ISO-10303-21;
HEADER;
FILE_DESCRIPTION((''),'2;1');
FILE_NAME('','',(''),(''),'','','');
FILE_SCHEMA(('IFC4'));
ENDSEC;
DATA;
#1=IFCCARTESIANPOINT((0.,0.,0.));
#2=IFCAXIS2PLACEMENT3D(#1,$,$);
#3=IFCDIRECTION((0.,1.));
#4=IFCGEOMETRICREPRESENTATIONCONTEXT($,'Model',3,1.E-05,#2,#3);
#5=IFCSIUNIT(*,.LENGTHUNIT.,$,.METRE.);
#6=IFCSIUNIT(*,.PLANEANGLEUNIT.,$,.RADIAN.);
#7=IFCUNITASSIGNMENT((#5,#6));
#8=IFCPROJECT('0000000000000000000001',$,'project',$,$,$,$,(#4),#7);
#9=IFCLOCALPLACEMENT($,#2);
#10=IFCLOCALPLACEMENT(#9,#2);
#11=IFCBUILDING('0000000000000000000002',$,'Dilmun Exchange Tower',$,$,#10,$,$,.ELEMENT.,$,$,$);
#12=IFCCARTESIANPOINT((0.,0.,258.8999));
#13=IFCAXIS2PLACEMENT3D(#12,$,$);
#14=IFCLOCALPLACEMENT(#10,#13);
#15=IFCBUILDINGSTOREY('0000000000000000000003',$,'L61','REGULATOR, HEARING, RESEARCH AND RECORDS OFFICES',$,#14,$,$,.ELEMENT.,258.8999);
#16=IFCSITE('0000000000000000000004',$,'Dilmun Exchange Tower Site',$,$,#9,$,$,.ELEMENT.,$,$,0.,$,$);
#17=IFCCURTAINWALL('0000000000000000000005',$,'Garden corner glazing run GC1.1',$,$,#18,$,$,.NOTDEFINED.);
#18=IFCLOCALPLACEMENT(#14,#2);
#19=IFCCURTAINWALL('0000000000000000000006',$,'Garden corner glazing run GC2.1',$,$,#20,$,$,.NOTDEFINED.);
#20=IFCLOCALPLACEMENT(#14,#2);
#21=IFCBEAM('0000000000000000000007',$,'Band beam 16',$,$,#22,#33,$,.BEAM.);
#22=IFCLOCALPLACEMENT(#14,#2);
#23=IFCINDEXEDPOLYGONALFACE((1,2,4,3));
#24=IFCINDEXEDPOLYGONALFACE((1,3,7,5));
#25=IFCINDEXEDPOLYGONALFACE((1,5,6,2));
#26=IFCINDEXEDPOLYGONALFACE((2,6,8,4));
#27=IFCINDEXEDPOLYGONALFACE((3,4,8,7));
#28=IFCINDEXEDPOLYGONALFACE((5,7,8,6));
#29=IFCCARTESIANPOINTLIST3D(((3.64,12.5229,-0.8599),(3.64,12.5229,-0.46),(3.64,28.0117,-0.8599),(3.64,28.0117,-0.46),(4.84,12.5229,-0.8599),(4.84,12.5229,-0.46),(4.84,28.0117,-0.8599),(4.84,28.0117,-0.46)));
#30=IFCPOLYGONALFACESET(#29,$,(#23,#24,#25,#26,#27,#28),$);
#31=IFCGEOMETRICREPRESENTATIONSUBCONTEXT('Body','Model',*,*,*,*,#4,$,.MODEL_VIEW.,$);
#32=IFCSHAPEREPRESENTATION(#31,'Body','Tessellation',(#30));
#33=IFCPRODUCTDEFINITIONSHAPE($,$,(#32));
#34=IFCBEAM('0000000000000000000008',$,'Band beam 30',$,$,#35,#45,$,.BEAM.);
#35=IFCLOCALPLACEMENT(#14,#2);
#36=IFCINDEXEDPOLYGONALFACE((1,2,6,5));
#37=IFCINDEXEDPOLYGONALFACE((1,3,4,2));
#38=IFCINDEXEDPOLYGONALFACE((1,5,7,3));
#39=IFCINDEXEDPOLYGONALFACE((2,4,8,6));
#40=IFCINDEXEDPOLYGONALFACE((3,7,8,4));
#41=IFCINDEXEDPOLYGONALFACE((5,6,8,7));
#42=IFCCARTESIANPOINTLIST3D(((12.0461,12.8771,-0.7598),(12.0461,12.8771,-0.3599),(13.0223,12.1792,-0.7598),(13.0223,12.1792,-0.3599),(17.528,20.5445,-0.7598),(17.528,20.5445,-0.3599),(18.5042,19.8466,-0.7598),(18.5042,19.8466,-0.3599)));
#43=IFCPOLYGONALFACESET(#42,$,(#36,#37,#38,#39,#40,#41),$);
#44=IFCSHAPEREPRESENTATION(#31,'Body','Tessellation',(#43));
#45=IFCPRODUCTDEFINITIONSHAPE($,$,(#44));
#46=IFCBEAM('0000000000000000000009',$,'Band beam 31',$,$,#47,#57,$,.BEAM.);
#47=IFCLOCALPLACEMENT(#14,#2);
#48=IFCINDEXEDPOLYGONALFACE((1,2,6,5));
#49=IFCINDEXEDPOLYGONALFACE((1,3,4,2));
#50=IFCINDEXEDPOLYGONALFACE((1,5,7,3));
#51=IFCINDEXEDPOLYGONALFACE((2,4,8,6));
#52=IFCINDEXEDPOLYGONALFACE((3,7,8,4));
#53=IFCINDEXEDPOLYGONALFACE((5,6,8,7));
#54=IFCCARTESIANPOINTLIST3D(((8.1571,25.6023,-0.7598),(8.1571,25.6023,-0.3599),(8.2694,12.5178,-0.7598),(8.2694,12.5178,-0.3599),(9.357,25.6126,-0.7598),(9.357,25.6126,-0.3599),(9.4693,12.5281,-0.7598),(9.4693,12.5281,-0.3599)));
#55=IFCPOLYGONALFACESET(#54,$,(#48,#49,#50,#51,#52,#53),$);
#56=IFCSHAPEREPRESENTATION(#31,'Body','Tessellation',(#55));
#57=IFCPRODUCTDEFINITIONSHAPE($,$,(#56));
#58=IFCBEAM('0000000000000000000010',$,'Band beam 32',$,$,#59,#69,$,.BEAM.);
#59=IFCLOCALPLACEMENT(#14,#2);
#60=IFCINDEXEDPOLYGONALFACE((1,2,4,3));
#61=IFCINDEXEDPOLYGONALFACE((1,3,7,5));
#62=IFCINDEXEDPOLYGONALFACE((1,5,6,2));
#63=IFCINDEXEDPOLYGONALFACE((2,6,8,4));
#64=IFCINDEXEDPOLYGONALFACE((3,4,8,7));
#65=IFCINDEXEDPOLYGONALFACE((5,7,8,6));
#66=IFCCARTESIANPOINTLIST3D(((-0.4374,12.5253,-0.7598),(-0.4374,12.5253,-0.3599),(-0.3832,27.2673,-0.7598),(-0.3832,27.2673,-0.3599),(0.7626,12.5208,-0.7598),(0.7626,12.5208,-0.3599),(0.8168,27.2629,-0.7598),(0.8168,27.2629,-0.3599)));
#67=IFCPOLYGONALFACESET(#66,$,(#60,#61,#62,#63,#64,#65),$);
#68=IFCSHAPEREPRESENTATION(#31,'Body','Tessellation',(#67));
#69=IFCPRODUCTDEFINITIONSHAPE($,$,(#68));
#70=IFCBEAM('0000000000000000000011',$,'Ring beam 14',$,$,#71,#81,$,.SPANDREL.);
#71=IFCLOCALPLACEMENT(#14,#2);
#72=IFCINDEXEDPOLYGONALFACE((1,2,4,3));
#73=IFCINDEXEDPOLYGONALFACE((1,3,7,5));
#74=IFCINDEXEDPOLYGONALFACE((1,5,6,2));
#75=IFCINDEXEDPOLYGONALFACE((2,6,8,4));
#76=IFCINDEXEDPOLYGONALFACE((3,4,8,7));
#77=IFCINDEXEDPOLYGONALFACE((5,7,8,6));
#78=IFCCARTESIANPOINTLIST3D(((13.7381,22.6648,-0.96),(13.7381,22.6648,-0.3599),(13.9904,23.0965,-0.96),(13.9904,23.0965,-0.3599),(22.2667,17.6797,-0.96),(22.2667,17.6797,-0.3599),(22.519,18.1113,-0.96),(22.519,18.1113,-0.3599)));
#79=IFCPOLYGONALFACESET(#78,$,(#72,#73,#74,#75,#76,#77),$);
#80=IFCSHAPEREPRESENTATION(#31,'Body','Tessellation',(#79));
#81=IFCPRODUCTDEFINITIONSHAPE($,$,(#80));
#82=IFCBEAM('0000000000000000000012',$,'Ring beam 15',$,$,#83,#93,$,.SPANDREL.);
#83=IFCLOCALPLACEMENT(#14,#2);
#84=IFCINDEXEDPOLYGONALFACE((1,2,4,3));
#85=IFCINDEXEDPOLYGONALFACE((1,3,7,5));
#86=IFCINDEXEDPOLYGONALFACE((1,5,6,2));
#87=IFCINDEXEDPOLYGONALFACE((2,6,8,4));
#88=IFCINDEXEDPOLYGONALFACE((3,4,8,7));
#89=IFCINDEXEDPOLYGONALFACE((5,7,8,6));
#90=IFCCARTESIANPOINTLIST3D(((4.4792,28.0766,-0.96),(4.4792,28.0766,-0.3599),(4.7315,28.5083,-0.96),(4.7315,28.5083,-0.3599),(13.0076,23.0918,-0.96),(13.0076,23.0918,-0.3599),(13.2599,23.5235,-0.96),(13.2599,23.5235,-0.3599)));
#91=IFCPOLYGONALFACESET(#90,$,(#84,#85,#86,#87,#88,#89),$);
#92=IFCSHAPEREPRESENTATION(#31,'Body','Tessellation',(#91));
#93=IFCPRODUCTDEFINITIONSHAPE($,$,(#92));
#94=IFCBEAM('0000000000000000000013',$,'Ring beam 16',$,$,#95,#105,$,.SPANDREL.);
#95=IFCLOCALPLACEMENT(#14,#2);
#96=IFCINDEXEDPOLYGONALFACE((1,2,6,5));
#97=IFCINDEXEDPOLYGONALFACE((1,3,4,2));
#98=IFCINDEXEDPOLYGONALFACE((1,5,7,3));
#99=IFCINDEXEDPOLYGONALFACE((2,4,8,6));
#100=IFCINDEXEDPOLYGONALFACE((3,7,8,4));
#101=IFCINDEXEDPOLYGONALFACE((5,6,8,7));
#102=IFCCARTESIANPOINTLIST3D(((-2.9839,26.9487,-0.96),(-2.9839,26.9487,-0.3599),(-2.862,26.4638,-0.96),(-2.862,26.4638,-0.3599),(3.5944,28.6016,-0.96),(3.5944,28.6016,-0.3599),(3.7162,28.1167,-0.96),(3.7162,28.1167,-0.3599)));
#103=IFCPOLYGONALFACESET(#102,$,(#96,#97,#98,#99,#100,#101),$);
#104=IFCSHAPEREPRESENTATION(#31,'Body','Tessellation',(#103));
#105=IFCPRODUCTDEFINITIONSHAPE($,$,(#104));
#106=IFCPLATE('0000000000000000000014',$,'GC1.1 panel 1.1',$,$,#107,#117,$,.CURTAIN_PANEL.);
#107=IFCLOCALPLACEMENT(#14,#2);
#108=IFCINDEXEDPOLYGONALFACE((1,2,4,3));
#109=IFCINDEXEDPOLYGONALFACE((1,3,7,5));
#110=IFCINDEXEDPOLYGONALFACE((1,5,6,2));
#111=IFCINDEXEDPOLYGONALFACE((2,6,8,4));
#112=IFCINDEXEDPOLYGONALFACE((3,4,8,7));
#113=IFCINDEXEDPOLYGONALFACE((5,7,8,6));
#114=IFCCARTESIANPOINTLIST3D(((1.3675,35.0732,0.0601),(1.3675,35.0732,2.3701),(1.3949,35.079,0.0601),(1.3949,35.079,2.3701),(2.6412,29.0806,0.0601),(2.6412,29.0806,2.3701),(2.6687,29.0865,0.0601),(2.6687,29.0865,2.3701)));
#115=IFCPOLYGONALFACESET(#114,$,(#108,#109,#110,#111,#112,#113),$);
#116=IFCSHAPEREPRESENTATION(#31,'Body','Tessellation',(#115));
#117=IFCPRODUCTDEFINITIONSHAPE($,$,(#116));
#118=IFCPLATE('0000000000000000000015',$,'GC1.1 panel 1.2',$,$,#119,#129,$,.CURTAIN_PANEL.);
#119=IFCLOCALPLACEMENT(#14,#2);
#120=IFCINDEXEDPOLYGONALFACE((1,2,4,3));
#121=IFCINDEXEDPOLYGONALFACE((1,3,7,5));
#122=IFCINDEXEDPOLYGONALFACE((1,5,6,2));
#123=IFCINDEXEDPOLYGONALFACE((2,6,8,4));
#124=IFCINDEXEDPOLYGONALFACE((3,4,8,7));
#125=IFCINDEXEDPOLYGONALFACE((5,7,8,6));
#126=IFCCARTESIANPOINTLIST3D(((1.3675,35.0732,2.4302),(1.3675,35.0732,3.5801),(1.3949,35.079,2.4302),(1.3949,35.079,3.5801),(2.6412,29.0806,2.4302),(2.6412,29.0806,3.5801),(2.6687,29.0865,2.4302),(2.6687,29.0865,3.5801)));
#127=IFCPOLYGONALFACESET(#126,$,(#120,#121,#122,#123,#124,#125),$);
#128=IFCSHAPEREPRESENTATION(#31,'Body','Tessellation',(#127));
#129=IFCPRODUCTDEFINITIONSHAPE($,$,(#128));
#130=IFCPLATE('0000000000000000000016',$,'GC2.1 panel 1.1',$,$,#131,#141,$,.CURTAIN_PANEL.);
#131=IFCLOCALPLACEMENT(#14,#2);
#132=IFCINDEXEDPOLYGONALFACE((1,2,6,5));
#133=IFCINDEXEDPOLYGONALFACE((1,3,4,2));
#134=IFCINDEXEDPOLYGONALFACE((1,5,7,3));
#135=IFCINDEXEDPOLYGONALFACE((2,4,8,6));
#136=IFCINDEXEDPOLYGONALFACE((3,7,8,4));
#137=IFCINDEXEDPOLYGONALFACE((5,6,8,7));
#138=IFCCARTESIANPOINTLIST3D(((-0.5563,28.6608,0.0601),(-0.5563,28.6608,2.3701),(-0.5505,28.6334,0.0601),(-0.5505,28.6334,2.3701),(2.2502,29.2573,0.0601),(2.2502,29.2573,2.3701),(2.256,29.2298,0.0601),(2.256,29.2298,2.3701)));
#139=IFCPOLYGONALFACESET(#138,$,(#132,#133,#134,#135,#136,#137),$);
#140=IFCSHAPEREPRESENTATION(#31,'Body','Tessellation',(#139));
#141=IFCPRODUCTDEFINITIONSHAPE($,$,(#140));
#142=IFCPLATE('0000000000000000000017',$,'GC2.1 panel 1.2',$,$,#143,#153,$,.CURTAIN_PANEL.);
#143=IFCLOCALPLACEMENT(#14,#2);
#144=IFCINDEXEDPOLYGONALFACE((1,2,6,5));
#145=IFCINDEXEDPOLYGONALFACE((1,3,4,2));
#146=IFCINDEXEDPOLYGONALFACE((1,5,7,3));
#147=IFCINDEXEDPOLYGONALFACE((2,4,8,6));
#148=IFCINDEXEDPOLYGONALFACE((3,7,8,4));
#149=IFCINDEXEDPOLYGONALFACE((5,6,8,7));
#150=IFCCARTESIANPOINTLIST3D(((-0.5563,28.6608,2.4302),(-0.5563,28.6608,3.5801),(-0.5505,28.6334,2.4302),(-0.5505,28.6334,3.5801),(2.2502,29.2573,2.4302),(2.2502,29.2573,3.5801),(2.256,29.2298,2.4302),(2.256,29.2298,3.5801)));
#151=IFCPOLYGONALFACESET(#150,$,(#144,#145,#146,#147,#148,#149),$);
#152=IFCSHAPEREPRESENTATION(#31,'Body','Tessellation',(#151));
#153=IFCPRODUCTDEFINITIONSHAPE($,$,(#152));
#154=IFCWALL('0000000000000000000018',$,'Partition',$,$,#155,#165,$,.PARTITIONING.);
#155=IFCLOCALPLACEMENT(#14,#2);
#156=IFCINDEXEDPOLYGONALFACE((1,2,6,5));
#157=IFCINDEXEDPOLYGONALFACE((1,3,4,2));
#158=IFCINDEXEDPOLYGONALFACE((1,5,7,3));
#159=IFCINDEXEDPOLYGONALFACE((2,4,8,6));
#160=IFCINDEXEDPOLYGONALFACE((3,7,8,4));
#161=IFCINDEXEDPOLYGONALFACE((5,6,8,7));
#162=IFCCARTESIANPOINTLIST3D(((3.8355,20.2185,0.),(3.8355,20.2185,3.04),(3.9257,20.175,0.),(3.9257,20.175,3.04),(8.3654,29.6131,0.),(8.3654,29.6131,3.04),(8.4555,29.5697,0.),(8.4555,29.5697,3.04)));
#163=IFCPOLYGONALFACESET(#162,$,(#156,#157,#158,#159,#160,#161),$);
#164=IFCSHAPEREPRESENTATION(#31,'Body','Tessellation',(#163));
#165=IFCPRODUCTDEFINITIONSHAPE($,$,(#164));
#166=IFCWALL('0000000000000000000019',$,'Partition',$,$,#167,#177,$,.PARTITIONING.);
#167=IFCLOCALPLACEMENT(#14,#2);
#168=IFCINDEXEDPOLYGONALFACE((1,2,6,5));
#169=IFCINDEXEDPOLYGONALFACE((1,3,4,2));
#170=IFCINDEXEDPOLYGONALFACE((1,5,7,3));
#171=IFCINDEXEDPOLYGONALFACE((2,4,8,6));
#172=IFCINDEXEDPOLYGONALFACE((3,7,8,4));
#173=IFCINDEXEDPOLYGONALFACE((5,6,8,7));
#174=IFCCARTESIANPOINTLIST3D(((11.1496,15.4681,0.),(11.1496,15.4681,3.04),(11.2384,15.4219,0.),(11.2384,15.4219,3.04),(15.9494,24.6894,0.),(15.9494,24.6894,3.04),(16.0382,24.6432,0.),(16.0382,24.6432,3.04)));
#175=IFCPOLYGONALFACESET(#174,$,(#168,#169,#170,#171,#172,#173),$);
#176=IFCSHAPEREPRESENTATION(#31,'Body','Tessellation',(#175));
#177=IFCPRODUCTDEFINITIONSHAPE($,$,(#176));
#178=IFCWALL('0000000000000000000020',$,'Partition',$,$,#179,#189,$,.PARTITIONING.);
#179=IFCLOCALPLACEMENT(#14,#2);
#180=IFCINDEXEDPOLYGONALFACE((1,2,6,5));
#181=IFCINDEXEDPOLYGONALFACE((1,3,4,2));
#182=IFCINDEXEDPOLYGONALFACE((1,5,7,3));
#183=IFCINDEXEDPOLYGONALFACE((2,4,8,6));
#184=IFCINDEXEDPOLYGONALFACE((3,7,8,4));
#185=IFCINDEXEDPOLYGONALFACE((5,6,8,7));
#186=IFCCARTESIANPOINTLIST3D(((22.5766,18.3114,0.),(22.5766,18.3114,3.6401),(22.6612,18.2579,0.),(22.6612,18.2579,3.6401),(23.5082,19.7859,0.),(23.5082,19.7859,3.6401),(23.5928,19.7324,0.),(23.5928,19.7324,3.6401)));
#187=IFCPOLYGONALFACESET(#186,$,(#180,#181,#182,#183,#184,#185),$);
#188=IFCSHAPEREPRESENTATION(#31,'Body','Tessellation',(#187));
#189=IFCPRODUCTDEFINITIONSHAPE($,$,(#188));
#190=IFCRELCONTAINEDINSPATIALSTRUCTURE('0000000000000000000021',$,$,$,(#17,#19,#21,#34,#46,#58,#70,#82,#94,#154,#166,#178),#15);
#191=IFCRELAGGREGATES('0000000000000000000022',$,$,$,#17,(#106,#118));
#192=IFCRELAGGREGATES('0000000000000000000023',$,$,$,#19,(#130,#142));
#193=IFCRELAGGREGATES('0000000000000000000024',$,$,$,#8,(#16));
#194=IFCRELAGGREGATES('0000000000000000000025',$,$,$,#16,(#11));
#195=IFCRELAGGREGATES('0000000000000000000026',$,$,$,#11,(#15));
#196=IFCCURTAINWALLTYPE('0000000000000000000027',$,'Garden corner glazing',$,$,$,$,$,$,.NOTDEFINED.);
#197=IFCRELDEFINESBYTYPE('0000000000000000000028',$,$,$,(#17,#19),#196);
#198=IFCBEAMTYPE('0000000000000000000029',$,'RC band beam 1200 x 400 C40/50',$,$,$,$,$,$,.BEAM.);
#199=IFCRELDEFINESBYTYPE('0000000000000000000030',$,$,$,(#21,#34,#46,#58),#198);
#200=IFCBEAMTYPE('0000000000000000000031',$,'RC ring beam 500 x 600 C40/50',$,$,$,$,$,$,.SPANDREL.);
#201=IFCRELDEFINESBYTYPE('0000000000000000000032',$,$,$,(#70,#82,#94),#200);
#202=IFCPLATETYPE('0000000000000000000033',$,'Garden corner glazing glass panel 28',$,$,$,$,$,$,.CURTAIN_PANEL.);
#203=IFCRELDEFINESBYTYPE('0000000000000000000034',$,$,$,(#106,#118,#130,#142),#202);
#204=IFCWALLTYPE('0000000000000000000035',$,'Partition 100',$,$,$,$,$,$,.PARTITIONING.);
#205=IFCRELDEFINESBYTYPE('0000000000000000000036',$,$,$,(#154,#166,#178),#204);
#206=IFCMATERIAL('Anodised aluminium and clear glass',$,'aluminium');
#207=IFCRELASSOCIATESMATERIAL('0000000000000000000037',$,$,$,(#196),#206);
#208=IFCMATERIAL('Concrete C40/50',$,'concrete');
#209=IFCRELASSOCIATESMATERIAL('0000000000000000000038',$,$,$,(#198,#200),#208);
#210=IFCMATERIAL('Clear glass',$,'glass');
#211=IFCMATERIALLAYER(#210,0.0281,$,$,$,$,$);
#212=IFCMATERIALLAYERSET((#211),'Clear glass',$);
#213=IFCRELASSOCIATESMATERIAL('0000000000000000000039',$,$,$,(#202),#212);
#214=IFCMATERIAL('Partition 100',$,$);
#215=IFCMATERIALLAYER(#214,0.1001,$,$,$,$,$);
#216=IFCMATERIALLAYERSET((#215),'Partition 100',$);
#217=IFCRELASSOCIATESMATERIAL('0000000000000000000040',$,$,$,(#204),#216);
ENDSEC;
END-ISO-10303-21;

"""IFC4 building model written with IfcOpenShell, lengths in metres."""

from ifc_helpers import new_model, si_unit, direction, frame, frame_2d, origin, origin_2d, place, context, subcontext, project, spatial, rectangle, extrude, material, layer, layer_set, material_profile, profile_set, type_object, element, aggregate, save


model = new_model("IFC4")

# Units and contexts
model_context = context("Model", 3, precision=1e-05, world=origin(), true_north=direction((0.0, 1.0)))
body_context = subcontext(model_context, "Body", "Model", "MODEL_VIEW")
ifc_project = project(units=[si_unit("LENGTHUNIT", "METRE"), si_unit("PLANEANGLEUNIT", "RADIAN")], contexts=[model_context])

# Site, building, storey
site_placement = place(None, origin())
site = spatial("IfcSite", under=ifc_project, at=site_placement, Name="Dilmun Exchange Tower Site", CompositionType="ELEMENT", RefElevation=0.0)
building_placement = place(site_placement, origin())
building = spatial("IfcBuilding", under=site, at=building_placement, Name="Dilmun Exchange Tower", CompositionType="ELEMENT")
storey_placement = place(building_placement, frame((0.0, 0.0, 258.8999)))
storey = spatial("IfcBuildingStorey", under=building, at=storey_placement, Name="L61", Description="REGULATOR, HEARING, RESEARCH AND RECORDS OFFICES", CompositionType="ELEMENT", Elevation=258.8999)

# Curtain wall
ifc_material_1 = material(Name="Anodised aluminium and clear glass", Category="aluminium")
curtain_wall_type = type_object("IfcCurtainWallType", Name="Garden corner glazing", PredefinedType="NOTDEFINED", material=ifc_material_1)
curtain_wall_1_placement = place(storey_placement, origin())
curtain_wall_1 = element("IfcCurtainWall", 1, at=curtain_wall_1_placement, inside=storey, type_object=curtain_wall_type, Name="Garden corner glazing run GC1.1", PredefinedType="NOTDEFINED")

# Curtain wall
curtain_wall_2_placement = place(storey_placement, origin())
curtain_wall_2 = element("IfcCurtainWall", 2, at=curtain_wall_2_placement, inside=storey, type_object=curtain_wall_type, Name="Garden corner glazing run GC2.1", PredefinedType="NOTDEFINED")

# Beams
ifc_material_2 = material(Name="Concrete C40/50", Category="concrete")
ifc_material_profile_1 = material_profile(ifc_material_2, rectangle(XDim=1.2, YDim=0.3999, at=origin_2d()), Name="1200 x 400")
ifc_profile_set_1 = profile_set([ifc_material_profile_1], Name="Concrete C40/50")
beam_type_1 = type_object("IfcBeamType", Name="RC band beam 1200 x 400 C40/50", PredefinedType="BEAM", material=ifc_profile_set_1)
beam_1_placement = place(storey_placement, frame((4.24, 28.0117, -0.6599), z_axis=(0.0, -1.0, 0.0), x_axis=(1.0, 0.0, 0.0)))
element("IfcBeam", 3, at=beam_1_placement, inside=storey, type_object=beam_type_1, Name="Band beam 16", PredefinedType="BEAM", context=body_context, shape_type="SweptSolid", body=[
    extrude(rectangle(XDim=1.2, YDim=0.3999, at=origin_2d()), origin(), (0.0, 0.0, 1.0), 15.4888),
])
beam_2_placement = place(storey_placement, frame((18.0161, 20.1956, -0.5598), z_axis=(-0.581601, -0.813474, 0.0), x_axis=(0.813474, -0.581601, 0.0)))
element("IfcBeam", 4, at=beam_2_placement, inside=storey, type_object=beam_type_1, Name="Band beam 30", PredefinedType="BEAM", context=body_context, shape_type="SweptSolid", body=[
    extrude(rectangle(XDim=1.2, YDim=0.3999, at=origin_2d()), origin(), (0.0, 0.0, 1.0), 9.4255),
])
beam_3_placement = place(storey_placement, frame((8.7571, 25.6074, -0.5598), z_axis=(0.008583, -0.999963, 0.0), x_axis=(0.999963, 0.008583, 0.0)))
element("IfcBeam", 5, at=beam_3_placement, inside=storey, type_object=beam_type_1, Name="Band beam 31", PredefinedType="BEAM", context=body_context, shape_type="SweptSolid", body=[
    extrude(rectangle(XDim=1.2, YDim=0.3999, at=origin_2d()), origin(), (0.0, 0.0, 1.0), 13.085),
])
beam_4_placement = place(storey_placement, frame((0.2168, 27.2651, -0.5598), z_axis=(-0.003676, -0.999993, 0.0), x_axis=(0.999993, -0.003676, 0.0)))
element("IfcBeam", 6, at=beam_4_placement, inside=storey, type_object=beam_type_1, Name="Band beam 32", PredefinedType="BEAM", context=body_context, shape_type="SweptSolid", body=[
    extrude(rectangle(XDim=1.2, YDim=0.3999, at=origin_2d()), origin(), (0.0, 0.0, 1.0), 14.7422),
])
ifc_material_profile_2 = material_profile(ifc_material_2, rectangle(XDim=0.5, YDim=0.6001, at=origin_2d()), Name="500 x 600")
ifc_profile_set_2 = profile_set([ifc_material_profile_2], Name="Concrete C40/50")
beam_type_2 = type_object("IfcBeamType", Name="RC ring beam 500 x 600 C40/50", PredefinedType="SPANDREL", material=ifc_profile_set_2)
beam_5_placement = place(storey_placement, frame((22.3928, 17.8955, -0.6599), z_axis=(-0.863333, 0.504635, 0.0), x_axis=(-0.504635, -0.863333, 0.0)))
element("IfcBeam", 7, at=beam_5_placement, inside=storey, type_object=beam_type_2, Name="Ring beam 14", PredefinedType="SPANDREL", context=body_context, shape_type="SweptSolid", body=[
    extrude(rectangle(XDim=0.5, YDim=0.6001, at=origin_2d()), origin(), (0.0, 0.0, 1.0), 9.8787),
])
beam_6_placement = place(storey_placement, frame((13.1338, 23.3076, -0.6599), z_axis=(-0.863344, 0.504616, 0.0), x_axis=(-0.504616, -0.863344, 0.0)))
element("IfcBeam", 8, at=beam_6_placement, inside=storey, type_object=beam_type_2, Name="Ring beam 15", PredefinedType="SPANDREL", context=body_context, shape_type="SweptSolid", body=[
    extrude(rectangle(XDim=0.5, YDim=0.6001, at=origin_2d()), origin(), (0.0, 0.0, 1.0), 9.8784),
])
beam_7_placement = place(storey_placement, frame((3.6553, 28.3591, -0.6599), z_axis=(-0.969854, -0.243687, 0.0), x_axis=(0.243687, -0.969854, 0.0)))
element("IfcBeam", 9, at=beam_7_placement, inside=storey, type_object=beam_type_2, Name="Ring beam 16", PredefinedType="SPANDREL", context=body_context, shape_type="SweptSolid", body=[
    extrude(rectangle(XDim=0.5, YDim=0.6001, at=origin_2d()), origin(), (0.0, 0.0, 1.0), 6.7827),
])

# Plates
ifc_material_3 = material(Name="Clear glass", Category="glass")
ifc_layer_1 = layer(ifc_material_3, 0.0281)
ifc_layer_set_1 = layer_set([ifc_layer_1], Name="Clear glass")
plate_type = type_object("IfcPlateType", Name="Garden corner glazing glass panel 28", PredefinedType="CURTAIN_PANEL", material=ifc_layer_set_1)
plate_1_placement = place(storey_placement, frame((2.0181, 32.0798, 0.0601), z_axis=(0.0, 0.0, 1.0), x_axis=(0.207912, -0.978148, 0.0)))
plate_1 = element("IfcPlate", 10, at=plate_1_placement, type_object=plate_type, Name="GC1.1 panel 1.1", PredefinedType="CURTAIN_PANEL", context=body_context, shape_type="SweptSolid", body=[
    extrude(rectangle(XDim=6.1265, YDim=0.0281, at=origin_2d()), origin(), (0.0, 0.0, 1.0), 2.3101),
])
plate_2_placement = place(storey_placement, frame((2.0181, 32.0798, 2.4302), z_axis=(0.0, 0.0, 1.0), x_axis=(0.207912, -0.978148, 0.0)))
plate_2 = element("IfcPlate", 11, at=plate_2_placement, type_object=plate_type, Name="GC1.1 panel 1.2", PredefinedType="CURTAIN_PANEL", context=body_context, shape_type="SweptSolid", body=[
    extrude(rectangle(XDim=6.1265, YDim=0.0281, at=origin_2d()), origin(), (0.0, 0.0, 1.0), 1.1499),
])
aggregate(curtain_wall_1, [plate_1, plate_2])
plate_3_placement = place(storey_placement, frame((0.8499, 28.9453, 0.0601), z_axis=(0.0, 0.0, 1.0), x_axis=(-0.978153, -0.207888, 0.0)))
plate_3 = element("IfcPlate", 12, at=plate_3_placement, type_object=plate_type, Name="GC2.1 panel 1.1", PredefinedType="CURTAIN_PANEL", context=body_context, shape_type="SweptSolid", body=[
    extrude(rectangle(XDim=2.8691, YDim=0.0281, at=origin_2d()), origin(), (0.0, 0.0, 1.0), 2.3101),
])
plate_4_placement = place(storey_placement, frame((0.8499, 28.9453, 2.4302), z_axis=(0.0, 0.0, 1.0), x_axis=(-0.978153, -0.207888, 0.0)))
plate_4 = element("IfcPlate", 13, at=plate_4_placement, type_object=plate_type, Name="GC2.1 panel 1.2", PredefinedType="CURTAIN_PANEL", context=body_context, shape_type="SweptSolid", body=[
    extrude(rectangle(XDim=2.8691, YDim=0.0281, at=origin_2d()), origin(), (0.0, 0.0, 1.0), 1.1499),
])
aggregate(curtain_wall_2, [plate_3, plate_4])

# Walls
ifc_material_4 = material(Name="Partition 100")
ifc_layer_2 = layer(ifc_material_4, 0.1001)
ifc_layer_set_2 = layer_set([ifc_layer_2], Name="Partition 100")
wall_type = type_object("IfcWallType", Name="Partition 100", PredefinedType="PARTITIONING", material=ifc_layer_set_2)
wall_1_placement = place(storey_placement, frame((3.8806, 20.1968, 0.0), z_axis=(0.0, 0.0, 1.0), x_axis=(0.434321, 0.900758, 0.0)))
element("IfcWall", 14, at=wall_1_placement, inside=storey, type_object=wall_type, Name="Partition", PredefinedType="PARTITIONING", context=body_context, shape_type="SweptSolid", body=[
    extrude(rectangle(XDim=10.4297, YDim=0.1001, at=frame_2d((5.2148, 0.0))), origin(), (0.0, 0.0, 1.0), 3.04),
])
wall_2_placement = place(storey_placement, frame((11.1941, 15.4451, 0.0), z_axis=(0.0, 0.0, 1.0), x_axis=(0.461705, 0.887033, 0.0)))
element("IfcWall", 15, at=wall_2_placement, inside=storey, type_object=wall_type, Name="Partition", PredefinedType="PARTITIONING", context=body_context, shape_type="SweptSolid", body=[
    extrude(rectangle(XDim=10.3958, YDim=0.1001, at=frame_2d((5.1978, 0.0))), origin(), (0.0, 0.0, 1.0), 3.04),
])
wall_3_placement = place(storey_placement, frame((22.6189, 18.2847, 0.0), z_axis=(0.0, 0.0, 1.0), x_axis=(0.534119, 0.845409, 0.0)))
element("IfcWall", 16, at=wall_3_placement, inside=storey, type_object=wall_type, Name="Partition", PredefinedType="PARTITIONING", context=body_context, shape_type="SweptSolid", body=[
    extrude(rectangle(XDim=1.7441, YDim=0.1001, at=frame_2d((0.8721, 0.0))), origin(), (0.0, 0.0, 1.0), 3.6401),
])

save(model, "model.ifc")
